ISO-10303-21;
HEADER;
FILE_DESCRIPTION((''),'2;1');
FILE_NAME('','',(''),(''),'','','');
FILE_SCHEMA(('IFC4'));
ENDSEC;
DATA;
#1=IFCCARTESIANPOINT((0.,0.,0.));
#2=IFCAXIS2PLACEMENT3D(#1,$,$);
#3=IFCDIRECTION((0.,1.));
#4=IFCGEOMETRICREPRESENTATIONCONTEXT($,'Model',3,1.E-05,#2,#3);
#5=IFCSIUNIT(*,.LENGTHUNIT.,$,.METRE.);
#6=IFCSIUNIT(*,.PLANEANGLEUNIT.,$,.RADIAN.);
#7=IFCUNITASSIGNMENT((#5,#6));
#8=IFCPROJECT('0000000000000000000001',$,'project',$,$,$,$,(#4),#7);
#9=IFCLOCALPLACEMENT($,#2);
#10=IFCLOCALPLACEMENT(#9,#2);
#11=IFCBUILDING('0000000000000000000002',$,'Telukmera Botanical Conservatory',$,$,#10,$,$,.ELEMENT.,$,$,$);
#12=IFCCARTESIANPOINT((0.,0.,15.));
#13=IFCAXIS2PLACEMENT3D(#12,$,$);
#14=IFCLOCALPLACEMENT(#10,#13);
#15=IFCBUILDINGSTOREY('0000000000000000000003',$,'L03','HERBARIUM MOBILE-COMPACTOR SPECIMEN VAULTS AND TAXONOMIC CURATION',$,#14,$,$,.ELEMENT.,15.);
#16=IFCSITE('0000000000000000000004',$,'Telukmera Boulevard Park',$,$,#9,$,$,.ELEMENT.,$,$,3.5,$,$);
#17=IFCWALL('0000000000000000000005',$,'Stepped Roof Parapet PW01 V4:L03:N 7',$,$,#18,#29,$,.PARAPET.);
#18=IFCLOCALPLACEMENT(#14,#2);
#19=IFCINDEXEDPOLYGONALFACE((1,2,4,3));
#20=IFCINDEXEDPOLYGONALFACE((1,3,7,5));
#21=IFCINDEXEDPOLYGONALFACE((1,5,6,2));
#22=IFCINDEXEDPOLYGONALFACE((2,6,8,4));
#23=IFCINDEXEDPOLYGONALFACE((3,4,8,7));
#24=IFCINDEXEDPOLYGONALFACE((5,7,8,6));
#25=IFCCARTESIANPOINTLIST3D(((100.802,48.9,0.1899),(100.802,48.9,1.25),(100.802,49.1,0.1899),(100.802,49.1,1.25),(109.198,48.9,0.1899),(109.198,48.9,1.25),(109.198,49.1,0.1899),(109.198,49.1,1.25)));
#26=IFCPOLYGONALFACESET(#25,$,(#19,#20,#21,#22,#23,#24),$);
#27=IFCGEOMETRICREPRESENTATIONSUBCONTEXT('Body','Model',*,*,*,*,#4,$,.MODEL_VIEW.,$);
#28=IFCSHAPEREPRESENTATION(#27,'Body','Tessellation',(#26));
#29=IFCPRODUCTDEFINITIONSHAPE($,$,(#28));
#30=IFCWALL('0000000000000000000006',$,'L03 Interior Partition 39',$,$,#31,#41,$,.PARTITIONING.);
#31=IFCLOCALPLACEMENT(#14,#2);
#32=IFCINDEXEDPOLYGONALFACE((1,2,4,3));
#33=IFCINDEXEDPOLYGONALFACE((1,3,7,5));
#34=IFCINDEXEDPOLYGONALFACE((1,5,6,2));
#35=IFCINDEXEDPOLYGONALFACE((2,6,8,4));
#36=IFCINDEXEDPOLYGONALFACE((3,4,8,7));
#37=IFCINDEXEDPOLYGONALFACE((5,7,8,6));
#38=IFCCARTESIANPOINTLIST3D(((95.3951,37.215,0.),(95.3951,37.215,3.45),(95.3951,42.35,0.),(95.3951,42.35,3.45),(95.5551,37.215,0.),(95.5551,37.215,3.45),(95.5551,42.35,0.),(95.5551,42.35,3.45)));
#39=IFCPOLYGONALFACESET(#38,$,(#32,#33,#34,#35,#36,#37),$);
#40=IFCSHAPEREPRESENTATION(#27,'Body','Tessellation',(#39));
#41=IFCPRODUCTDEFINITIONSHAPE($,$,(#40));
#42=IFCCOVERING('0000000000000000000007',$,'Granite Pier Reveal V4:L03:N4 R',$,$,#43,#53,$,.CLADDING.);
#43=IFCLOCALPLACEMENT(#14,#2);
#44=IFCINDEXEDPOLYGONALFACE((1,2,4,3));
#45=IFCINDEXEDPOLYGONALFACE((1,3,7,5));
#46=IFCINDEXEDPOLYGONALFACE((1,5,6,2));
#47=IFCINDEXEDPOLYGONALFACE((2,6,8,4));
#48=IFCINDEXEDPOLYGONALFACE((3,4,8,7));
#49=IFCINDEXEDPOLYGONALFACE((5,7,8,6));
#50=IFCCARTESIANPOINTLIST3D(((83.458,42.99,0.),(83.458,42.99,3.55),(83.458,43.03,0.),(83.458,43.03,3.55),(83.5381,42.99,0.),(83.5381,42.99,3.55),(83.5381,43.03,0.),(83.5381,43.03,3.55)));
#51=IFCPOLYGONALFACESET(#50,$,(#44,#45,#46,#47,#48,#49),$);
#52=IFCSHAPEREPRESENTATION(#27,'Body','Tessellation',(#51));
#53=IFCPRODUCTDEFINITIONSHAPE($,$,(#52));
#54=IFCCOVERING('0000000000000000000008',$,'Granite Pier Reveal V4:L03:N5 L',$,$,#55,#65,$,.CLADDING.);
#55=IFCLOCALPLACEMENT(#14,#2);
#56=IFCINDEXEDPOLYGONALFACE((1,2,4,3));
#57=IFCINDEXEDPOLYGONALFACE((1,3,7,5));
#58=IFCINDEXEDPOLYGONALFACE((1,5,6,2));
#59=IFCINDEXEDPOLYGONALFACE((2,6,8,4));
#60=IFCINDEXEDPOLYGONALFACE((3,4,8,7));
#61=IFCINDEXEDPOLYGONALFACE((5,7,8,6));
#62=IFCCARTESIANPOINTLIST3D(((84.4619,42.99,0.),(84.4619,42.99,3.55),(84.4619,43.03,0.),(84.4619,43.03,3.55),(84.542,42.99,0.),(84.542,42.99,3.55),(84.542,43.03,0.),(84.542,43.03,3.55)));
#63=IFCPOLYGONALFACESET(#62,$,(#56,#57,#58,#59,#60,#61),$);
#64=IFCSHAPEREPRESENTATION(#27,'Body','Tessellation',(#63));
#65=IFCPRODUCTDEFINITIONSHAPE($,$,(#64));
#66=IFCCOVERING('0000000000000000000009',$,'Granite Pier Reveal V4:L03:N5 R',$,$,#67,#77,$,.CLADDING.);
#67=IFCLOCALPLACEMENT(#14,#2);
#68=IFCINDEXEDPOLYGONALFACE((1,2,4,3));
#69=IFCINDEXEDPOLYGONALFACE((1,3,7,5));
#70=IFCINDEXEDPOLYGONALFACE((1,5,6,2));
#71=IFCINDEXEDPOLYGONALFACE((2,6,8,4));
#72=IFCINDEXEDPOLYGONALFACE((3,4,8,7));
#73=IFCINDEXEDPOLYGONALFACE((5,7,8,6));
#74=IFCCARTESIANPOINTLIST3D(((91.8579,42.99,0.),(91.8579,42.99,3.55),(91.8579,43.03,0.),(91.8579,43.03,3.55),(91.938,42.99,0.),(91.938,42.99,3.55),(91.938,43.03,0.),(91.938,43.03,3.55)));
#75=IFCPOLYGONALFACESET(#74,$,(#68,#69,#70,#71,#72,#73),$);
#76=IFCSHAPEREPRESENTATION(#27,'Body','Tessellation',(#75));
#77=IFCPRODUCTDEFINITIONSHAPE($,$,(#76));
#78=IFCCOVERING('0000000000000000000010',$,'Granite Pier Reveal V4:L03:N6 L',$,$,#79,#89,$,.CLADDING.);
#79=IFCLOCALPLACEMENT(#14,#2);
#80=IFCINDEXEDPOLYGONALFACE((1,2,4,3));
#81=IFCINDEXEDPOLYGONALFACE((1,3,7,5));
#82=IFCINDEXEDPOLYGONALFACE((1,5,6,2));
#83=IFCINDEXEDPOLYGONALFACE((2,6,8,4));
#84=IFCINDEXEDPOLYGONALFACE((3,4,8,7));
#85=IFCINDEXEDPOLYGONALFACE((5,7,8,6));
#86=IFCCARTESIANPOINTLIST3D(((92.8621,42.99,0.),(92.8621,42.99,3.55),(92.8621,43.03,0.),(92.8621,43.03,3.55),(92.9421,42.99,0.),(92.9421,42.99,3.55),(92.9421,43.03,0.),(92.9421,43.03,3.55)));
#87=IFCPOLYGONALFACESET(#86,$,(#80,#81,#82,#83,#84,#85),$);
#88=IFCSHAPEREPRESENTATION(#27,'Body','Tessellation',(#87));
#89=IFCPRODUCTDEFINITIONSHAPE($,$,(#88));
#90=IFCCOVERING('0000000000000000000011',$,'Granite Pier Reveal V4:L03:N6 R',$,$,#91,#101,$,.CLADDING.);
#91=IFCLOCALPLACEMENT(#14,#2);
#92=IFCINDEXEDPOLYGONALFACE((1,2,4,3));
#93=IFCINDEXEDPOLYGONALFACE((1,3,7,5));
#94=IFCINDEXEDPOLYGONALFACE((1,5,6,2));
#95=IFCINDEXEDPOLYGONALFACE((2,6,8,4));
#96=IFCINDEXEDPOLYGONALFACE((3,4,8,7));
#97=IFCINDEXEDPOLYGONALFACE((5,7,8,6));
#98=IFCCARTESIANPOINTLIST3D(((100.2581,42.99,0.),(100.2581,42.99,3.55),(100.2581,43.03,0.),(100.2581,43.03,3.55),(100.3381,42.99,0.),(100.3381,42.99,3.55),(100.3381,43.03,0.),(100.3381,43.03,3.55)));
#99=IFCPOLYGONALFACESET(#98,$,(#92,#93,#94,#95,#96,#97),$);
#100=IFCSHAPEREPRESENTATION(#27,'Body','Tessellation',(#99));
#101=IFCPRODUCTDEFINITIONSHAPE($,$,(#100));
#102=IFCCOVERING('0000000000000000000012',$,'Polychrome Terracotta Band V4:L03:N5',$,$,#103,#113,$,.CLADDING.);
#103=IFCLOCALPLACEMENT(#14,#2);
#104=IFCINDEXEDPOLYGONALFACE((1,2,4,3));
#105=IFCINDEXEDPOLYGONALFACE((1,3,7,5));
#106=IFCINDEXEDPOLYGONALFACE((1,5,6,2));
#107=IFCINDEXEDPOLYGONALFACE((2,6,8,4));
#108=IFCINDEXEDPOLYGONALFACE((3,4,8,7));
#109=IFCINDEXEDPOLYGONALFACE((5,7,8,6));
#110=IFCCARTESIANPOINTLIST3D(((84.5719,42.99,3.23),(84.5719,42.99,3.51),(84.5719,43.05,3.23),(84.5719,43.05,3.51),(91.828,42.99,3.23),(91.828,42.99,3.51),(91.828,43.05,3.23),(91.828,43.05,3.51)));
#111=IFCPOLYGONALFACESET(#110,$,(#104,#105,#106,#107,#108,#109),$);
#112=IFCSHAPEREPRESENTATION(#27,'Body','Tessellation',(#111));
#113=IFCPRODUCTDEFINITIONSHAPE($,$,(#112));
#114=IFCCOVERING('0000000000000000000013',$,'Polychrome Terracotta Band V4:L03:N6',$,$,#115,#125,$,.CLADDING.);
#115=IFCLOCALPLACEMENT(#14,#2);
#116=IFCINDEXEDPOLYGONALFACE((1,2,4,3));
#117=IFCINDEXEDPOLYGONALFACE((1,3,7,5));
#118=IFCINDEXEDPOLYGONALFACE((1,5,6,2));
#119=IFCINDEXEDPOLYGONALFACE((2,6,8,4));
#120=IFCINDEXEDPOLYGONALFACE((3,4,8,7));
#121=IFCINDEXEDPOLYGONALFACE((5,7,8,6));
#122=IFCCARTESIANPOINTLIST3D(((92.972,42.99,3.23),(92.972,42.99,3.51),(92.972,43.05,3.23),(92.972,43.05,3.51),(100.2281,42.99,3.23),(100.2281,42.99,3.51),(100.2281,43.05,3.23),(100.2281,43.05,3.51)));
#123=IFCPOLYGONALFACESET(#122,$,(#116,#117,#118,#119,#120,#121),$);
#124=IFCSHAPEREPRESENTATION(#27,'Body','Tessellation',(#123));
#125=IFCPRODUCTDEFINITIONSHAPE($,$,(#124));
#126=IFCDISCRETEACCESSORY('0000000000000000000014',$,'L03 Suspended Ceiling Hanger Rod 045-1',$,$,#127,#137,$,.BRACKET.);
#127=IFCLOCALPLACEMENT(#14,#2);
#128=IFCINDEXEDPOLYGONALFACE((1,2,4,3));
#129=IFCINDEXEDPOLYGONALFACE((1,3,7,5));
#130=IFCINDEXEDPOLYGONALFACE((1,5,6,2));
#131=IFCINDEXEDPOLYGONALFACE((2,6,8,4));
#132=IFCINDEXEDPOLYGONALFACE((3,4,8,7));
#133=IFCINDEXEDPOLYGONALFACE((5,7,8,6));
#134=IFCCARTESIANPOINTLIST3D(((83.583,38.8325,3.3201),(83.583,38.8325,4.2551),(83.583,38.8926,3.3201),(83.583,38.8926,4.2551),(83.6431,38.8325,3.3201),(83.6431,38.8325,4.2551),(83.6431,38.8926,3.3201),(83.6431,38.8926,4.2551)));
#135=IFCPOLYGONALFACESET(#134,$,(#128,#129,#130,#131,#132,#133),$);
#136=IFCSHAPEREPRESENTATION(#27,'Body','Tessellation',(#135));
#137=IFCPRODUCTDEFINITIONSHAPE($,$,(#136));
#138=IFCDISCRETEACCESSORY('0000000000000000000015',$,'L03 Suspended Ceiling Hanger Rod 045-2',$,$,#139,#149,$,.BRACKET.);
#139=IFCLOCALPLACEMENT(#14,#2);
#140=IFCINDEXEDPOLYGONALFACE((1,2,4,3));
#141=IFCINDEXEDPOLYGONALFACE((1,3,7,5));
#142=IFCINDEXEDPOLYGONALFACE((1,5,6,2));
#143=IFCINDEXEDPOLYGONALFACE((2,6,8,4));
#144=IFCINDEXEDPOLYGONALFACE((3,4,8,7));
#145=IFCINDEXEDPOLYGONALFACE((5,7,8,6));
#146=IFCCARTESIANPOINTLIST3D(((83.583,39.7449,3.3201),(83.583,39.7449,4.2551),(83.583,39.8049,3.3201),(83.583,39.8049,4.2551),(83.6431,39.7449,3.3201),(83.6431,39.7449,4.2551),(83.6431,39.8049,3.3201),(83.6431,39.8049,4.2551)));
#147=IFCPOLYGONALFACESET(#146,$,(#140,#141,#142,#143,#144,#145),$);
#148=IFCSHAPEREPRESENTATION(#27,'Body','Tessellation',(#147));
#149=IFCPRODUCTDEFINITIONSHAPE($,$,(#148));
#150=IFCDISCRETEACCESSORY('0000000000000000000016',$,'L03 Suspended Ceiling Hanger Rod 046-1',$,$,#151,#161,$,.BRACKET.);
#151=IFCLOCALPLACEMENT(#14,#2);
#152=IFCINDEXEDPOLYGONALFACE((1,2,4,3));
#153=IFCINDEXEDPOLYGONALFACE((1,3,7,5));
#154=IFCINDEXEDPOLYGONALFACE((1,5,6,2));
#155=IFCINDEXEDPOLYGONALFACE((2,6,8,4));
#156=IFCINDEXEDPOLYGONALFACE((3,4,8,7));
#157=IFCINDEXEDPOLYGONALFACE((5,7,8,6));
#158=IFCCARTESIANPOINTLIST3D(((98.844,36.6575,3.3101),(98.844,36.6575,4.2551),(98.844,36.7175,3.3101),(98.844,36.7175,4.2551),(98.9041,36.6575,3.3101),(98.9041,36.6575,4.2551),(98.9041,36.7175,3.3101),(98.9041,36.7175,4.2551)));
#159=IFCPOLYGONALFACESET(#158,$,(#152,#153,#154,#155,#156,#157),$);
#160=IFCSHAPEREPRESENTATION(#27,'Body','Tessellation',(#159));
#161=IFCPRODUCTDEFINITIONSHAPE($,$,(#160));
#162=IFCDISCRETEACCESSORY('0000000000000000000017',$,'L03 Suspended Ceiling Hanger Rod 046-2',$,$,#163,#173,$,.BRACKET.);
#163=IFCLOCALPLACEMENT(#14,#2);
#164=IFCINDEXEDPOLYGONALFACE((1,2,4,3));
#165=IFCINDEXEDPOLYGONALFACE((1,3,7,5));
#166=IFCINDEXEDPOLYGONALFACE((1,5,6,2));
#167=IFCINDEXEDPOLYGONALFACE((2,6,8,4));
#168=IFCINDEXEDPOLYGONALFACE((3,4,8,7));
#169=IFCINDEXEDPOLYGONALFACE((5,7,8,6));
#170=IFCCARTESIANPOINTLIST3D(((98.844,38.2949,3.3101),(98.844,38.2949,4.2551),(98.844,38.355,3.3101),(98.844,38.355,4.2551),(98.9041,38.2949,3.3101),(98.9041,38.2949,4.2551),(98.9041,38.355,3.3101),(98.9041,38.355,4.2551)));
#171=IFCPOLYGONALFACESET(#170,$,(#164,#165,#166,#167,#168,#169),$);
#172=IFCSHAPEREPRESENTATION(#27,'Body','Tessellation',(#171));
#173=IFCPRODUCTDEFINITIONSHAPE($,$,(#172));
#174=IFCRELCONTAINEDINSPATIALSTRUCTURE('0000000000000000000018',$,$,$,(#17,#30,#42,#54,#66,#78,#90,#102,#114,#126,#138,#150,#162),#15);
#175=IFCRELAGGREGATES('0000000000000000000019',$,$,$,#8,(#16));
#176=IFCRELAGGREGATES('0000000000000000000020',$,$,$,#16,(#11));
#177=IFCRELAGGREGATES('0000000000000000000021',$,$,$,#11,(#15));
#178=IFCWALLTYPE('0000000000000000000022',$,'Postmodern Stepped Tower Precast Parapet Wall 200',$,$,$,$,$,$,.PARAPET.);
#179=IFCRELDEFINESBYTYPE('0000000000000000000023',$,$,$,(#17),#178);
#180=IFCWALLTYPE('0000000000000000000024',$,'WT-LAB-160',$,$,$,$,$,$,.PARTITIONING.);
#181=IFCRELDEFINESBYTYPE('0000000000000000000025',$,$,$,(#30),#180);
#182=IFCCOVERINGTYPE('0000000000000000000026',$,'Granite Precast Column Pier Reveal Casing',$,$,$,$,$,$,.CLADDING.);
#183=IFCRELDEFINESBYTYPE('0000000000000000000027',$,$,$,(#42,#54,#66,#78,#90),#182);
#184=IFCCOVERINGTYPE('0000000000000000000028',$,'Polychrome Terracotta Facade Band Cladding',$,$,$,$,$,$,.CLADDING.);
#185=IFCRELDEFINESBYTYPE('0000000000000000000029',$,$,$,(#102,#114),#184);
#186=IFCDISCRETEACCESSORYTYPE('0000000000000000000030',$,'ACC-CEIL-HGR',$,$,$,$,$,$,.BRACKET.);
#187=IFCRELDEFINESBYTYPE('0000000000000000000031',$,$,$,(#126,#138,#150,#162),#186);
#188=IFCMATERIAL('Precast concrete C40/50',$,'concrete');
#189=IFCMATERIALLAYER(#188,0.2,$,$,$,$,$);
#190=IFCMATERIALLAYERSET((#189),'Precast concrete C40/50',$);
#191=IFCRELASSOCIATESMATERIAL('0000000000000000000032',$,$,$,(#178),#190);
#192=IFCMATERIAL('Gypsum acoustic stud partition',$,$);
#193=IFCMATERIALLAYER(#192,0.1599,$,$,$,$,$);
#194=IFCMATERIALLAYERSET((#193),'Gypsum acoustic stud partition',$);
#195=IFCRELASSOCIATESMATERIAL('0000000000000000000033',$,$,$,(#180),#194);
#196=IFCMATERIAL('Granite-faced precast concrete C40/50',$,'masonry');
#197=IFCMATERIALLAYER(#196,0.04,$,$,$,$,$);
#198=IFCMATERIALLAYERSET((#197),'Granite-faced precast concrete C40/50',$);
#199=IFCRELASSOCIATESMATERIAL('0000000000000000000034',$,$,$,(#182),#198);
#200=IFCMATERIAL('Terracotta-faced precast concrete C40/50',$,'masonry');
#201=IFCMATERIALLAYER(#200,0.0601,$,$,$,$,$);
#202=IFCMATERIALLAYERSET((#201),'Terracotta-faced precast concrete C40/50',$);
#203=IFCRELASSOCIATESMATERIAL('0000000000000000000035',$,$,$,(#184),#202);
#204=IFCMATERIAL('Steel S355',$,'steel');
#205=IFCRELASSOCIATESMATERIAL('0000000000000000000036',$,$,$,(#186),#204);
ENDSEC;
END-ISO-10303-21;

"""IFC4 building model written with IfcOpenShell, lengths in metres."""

from ifc_helpers import new_model, si_unit, direction, frame, frame_2d, origin, origin_2d, place, context, subcontext, project, spatial, rectangle, extrude, material, layer, layer_set, type_object, element, save


model = new_model("IFC4")

# Units and contexts
model_context = context("Model", 3, precision=1e-05, world=origin(), true_north=direction((0.0, 1.0)))
body_context = subcontext(model_context, "Body", "Model", "MODEL_VIEW")
ifc_project = project(units=[si_unit("LENGTHUNIT", "METRE"), si_unit("PLANEANGLEUNIT", "RADIAN")], contexts=[model_context])

# Site, building, storey
site_placement = place(None, origin())
site = spatial("IfcSite", under=ifc_project, at=site_placement, Name="Telukmera Boulevard Park", CompositionType="ELEMENT", RefElevation=3.5)
building_placement = place(site_placement, origin())
building = spatial("IfcBuilding", under=site, at=building_placement, Name="Telukmera Botanical Conservatory", CompositionType="ELEMENT")
storey_placement = place(building_placement, frame((0.0, 0.0, 15.0)))
storey = spatial("IfcBuildingStorey", under=building, at=storey_placement, Name="L03", Description="HERBARIUM MOBILE-COMPACTOR SPECIMEN VAULTS AND TAXONOMIC CURATION", CompositionType="ELEMENT", Elevation=15.0)

# Shared definitions
ifc_material_1 = material(Name="Precast concrete C40/50", Category="concrete")

# Walls
ifc_material_2 = material(Name="Terracotta-faced precast concrete C40/50", Category="masonry")
ifc_layer_1 = layer(ifc_material_1, 0.2)
ifc_layer_set_1 = layer_set([ifc_layer_1], Name="Precast concrete C40/50")
wall_type_1 = type_object("IfcWallType", Name="Postmodern Stepped Tower Precast Parapet Wall 200", PredefinedType="PARAPET", material=ifc_layer_set_1)
wall_1_placement = place(storey_placement, frame((100.802, 49.0, 0.1899), z_axis=(0.0, 0.0, 1.0), x_axis=(1.0, 0.0, 0.0)))
element("IfcWall", 1, at=wall_1_placement, inside=storey, type_object=wall_type_1, Name="Stepped Roof Parapet PW01 V4:L03:N 7", PredefinedType="PARAPET", context=body_context, shape_type="SweptSolid", body=[
    extrude(rectangle(XDim=8.396, YDim=0.2, at=frame_2d((4.198, 0.0))), origin(), (0.0, 0.0, 1.0), 1.0601),
])
ifc_material_3 = material(Name="Gypsum acoustic stud partition")
ifc_layer_2 = layer(ifc_material_3, 0.1599)
ifc_layer_set_2 = layer_set([ifc_layer_2], Name="Gypsum acoustic stud partition")
wall_type_2 = type_object("IfcWallType", Name="WT-LAB-160", PredefinedType="PARTITIONING", material=ifc_layer_set_2)
wall_2_placement = place(storey_placement, frame((95.4751, 37.2151, 0.0), z_axis=(0.0, 0.0, 1.0), x_axis=(0.0, 1.0, 0.0)))
element("IfcWall", 2, at=wall_2_placement, inside=storey, type_object=wall_type_2, Name="L03 Interior Partition 39", PredefinedType="PARTITIONING", context=body_context, shape_type="SweptSolid", body=[
    extrude(rectangle(XDim=5.135, YDim=0.1599, at=frame_2d((2.5674, 0.0))), origin(), (0.0, 0.0, 1.0), 3.45),
])

# Coverings
ifc_material_4 = material(Name="Granite-faced precast concrete C40/50", Category="masonry")
ifc_layer_3 = layer(ifc_material_4, 0.04)
ifc_layer_set_3 = layer_set([ifc_layer_3], Name="Granite-faced precast concrete C40/50")
covering_type_1 = type_object("IfcCoveringType", Name="Granite Precast Column Pier Reveal Casing", PredefinedType="CLADDING", material=ifc_layer_set_3)
for number, where, z_axis, x_axis, name in (
    (3, (83.498, 43.01, 0.0), (0.0, 0.0, 1.0), (1.0, 0.0, 0.0), "Granite Pier Reveal V4:L03:N4 R"),
    (4, (84.502, 43.01, 0.0), (0.0, 0.0, 1.0), (1.0, 0.0, 0.0), "Granite Pier Reveal V4:L03:N5 L"),
    (5, (91.8979, 43.01, 0.0), (0.0, 0.0, 1.0), (1.0, 0.0, 0.0), "Granite Pier Reveal V4:L03:N5 R"),
    (6, (92.9021, 43.01, 0.0), (0.0, 0.0, 1.0), (1.0, 0.0, 0.0), "Granite Pier Reveal V4:L03:N6 L"),
    (7, (100.2981, 43.01, 0.0), (0.0, 0.0, 1.0), (1.0, 0.0, 0.0), "Granite Pier Reveal V4:L03:N6 R"),
):
    element("IfcCovering", number, at=place(storey_placement, frame(where, z_axis=z_axis, x_axis=x_axis)), inside=storey, type_object=covering_type_1, Name=name, PredefinedType="CLADDING", context=body_context, shape_type="SweptSolid", body=[
        extrude(rectangle(XDim=0.0801, YDim=0.04, at=origin_2d()), origin(), (0.0, 0.0, 1.0), 3.55),
    ])
ifc_layer_4 = layer(ifc_material_2, 0.0601)
ifc_layer_set_4 = layer_set([ifc_layer_4], Name="Terracotta-faced precast concrete C40/50")
covering_type_2 = type_object("IfcCoveringType", Name="Polychrome Terracotta Facade Band Cladding", PredefinedType="CLADDING", material=ifc_layer_set_4)
for number, where, z_axis, x_axis, name in (
    (8, (88.2, 43.02, 3.23), (0.0, 0.0, 1.0), (1.0, 0.0, 0.0), "Polychrome Terracotta Band V4:L03:N5"),
    (9, (96.6001, 43.02, 3.23), (0.0, 0.0, 1.0), (1.0, 0.0, 0.0), "Polychrome Terracotta Band V4:L03:N6"),
):
    element("IfcCovering", number, at=place(storey_placement, frame(where, z_axis=z_axis, x_axis=x_axis)), inside=storey, type_object=covering_type_2, Name=name, PredefinedType="CLADDING", context=body_context, shape_type="SweptSolid", body=[
        extrude(rectangle(XDim=7.2561, YDim=0.0601, at=origin_2d()), origin(), (0.0, 0.0, 1.0), 0.28),
    ])

# Discrete accessories
ifc_material_5 = material(Name="Steel S355", Category="steel")
discrete_accessory_type = type_object("IfcDiscreteAccessoryType", Name="ACC-CEIL-HGR", PredefinedType="BRACKET", material=ifc_material_5)
for number, where, z_axis, x_axis, name in (
    (10, (83.613, 38.8625, 3.3201), (0.0, 0.0, 1.0), (1.0, 0.0, 0.0), "L03 Suspended Ceiling Hanger Rod 045-1"),
    (11, (83.613, 39.7749, 3.3201), (0.0, 0.0, 1.0), (1.0, 0.0, 0.0), "L03 Suspended Ceiling Hanger Rod 045-2"),
):
    element("IfcDiscreteAccessory", number, at=place(storey_placement, frame(where, z_axis=z_axis, x_axis=x_axis)), inside=storey, type_object=discrete_accessory_type, Name=name, PredefinedType="BRACKET", context=body_context, shape_type="SweptSolid", body=[
        extrude(rectangle(XDim=0.0601, YDim=0.0601, at=origin_2d()), origin(), (0.0, 0.0, 1.0), 0.9351),
    ])
for number, where, z_axis, x_axis, name in (
    (12, (98.874, 36.6875, 3.3101), (0.0, 0.0, 1.0), (1.0, 0.0, 0.0), "L03 Suspended Ceiling Hanger Rod 046-1"),
    (13, (98.874, 38.325, 3.3101), (0.0, 0.0, 1.0), (1.0, 0.0, 0.0), "L03 Suspended Ceiling Hanger Rod 046-2"),
):
    element("IfcDiscreteAccessory", number, at=place(storey_placement, frame(where, z_axis=z_axis, x_axis=x_axis)), inside=storey, type_object=discrete_accessory_type, Name=name, PredefinedType="BRACKET", context=body_context, shape_type="SweptSolid", body=[
        extrude(rectangle(XDim=0.0601, YDim=0.0601, at=origin_2d()), origin(), (0.0, 0.0, 1.0), 0.9451),
    ])

save(model, "model.ifc")
